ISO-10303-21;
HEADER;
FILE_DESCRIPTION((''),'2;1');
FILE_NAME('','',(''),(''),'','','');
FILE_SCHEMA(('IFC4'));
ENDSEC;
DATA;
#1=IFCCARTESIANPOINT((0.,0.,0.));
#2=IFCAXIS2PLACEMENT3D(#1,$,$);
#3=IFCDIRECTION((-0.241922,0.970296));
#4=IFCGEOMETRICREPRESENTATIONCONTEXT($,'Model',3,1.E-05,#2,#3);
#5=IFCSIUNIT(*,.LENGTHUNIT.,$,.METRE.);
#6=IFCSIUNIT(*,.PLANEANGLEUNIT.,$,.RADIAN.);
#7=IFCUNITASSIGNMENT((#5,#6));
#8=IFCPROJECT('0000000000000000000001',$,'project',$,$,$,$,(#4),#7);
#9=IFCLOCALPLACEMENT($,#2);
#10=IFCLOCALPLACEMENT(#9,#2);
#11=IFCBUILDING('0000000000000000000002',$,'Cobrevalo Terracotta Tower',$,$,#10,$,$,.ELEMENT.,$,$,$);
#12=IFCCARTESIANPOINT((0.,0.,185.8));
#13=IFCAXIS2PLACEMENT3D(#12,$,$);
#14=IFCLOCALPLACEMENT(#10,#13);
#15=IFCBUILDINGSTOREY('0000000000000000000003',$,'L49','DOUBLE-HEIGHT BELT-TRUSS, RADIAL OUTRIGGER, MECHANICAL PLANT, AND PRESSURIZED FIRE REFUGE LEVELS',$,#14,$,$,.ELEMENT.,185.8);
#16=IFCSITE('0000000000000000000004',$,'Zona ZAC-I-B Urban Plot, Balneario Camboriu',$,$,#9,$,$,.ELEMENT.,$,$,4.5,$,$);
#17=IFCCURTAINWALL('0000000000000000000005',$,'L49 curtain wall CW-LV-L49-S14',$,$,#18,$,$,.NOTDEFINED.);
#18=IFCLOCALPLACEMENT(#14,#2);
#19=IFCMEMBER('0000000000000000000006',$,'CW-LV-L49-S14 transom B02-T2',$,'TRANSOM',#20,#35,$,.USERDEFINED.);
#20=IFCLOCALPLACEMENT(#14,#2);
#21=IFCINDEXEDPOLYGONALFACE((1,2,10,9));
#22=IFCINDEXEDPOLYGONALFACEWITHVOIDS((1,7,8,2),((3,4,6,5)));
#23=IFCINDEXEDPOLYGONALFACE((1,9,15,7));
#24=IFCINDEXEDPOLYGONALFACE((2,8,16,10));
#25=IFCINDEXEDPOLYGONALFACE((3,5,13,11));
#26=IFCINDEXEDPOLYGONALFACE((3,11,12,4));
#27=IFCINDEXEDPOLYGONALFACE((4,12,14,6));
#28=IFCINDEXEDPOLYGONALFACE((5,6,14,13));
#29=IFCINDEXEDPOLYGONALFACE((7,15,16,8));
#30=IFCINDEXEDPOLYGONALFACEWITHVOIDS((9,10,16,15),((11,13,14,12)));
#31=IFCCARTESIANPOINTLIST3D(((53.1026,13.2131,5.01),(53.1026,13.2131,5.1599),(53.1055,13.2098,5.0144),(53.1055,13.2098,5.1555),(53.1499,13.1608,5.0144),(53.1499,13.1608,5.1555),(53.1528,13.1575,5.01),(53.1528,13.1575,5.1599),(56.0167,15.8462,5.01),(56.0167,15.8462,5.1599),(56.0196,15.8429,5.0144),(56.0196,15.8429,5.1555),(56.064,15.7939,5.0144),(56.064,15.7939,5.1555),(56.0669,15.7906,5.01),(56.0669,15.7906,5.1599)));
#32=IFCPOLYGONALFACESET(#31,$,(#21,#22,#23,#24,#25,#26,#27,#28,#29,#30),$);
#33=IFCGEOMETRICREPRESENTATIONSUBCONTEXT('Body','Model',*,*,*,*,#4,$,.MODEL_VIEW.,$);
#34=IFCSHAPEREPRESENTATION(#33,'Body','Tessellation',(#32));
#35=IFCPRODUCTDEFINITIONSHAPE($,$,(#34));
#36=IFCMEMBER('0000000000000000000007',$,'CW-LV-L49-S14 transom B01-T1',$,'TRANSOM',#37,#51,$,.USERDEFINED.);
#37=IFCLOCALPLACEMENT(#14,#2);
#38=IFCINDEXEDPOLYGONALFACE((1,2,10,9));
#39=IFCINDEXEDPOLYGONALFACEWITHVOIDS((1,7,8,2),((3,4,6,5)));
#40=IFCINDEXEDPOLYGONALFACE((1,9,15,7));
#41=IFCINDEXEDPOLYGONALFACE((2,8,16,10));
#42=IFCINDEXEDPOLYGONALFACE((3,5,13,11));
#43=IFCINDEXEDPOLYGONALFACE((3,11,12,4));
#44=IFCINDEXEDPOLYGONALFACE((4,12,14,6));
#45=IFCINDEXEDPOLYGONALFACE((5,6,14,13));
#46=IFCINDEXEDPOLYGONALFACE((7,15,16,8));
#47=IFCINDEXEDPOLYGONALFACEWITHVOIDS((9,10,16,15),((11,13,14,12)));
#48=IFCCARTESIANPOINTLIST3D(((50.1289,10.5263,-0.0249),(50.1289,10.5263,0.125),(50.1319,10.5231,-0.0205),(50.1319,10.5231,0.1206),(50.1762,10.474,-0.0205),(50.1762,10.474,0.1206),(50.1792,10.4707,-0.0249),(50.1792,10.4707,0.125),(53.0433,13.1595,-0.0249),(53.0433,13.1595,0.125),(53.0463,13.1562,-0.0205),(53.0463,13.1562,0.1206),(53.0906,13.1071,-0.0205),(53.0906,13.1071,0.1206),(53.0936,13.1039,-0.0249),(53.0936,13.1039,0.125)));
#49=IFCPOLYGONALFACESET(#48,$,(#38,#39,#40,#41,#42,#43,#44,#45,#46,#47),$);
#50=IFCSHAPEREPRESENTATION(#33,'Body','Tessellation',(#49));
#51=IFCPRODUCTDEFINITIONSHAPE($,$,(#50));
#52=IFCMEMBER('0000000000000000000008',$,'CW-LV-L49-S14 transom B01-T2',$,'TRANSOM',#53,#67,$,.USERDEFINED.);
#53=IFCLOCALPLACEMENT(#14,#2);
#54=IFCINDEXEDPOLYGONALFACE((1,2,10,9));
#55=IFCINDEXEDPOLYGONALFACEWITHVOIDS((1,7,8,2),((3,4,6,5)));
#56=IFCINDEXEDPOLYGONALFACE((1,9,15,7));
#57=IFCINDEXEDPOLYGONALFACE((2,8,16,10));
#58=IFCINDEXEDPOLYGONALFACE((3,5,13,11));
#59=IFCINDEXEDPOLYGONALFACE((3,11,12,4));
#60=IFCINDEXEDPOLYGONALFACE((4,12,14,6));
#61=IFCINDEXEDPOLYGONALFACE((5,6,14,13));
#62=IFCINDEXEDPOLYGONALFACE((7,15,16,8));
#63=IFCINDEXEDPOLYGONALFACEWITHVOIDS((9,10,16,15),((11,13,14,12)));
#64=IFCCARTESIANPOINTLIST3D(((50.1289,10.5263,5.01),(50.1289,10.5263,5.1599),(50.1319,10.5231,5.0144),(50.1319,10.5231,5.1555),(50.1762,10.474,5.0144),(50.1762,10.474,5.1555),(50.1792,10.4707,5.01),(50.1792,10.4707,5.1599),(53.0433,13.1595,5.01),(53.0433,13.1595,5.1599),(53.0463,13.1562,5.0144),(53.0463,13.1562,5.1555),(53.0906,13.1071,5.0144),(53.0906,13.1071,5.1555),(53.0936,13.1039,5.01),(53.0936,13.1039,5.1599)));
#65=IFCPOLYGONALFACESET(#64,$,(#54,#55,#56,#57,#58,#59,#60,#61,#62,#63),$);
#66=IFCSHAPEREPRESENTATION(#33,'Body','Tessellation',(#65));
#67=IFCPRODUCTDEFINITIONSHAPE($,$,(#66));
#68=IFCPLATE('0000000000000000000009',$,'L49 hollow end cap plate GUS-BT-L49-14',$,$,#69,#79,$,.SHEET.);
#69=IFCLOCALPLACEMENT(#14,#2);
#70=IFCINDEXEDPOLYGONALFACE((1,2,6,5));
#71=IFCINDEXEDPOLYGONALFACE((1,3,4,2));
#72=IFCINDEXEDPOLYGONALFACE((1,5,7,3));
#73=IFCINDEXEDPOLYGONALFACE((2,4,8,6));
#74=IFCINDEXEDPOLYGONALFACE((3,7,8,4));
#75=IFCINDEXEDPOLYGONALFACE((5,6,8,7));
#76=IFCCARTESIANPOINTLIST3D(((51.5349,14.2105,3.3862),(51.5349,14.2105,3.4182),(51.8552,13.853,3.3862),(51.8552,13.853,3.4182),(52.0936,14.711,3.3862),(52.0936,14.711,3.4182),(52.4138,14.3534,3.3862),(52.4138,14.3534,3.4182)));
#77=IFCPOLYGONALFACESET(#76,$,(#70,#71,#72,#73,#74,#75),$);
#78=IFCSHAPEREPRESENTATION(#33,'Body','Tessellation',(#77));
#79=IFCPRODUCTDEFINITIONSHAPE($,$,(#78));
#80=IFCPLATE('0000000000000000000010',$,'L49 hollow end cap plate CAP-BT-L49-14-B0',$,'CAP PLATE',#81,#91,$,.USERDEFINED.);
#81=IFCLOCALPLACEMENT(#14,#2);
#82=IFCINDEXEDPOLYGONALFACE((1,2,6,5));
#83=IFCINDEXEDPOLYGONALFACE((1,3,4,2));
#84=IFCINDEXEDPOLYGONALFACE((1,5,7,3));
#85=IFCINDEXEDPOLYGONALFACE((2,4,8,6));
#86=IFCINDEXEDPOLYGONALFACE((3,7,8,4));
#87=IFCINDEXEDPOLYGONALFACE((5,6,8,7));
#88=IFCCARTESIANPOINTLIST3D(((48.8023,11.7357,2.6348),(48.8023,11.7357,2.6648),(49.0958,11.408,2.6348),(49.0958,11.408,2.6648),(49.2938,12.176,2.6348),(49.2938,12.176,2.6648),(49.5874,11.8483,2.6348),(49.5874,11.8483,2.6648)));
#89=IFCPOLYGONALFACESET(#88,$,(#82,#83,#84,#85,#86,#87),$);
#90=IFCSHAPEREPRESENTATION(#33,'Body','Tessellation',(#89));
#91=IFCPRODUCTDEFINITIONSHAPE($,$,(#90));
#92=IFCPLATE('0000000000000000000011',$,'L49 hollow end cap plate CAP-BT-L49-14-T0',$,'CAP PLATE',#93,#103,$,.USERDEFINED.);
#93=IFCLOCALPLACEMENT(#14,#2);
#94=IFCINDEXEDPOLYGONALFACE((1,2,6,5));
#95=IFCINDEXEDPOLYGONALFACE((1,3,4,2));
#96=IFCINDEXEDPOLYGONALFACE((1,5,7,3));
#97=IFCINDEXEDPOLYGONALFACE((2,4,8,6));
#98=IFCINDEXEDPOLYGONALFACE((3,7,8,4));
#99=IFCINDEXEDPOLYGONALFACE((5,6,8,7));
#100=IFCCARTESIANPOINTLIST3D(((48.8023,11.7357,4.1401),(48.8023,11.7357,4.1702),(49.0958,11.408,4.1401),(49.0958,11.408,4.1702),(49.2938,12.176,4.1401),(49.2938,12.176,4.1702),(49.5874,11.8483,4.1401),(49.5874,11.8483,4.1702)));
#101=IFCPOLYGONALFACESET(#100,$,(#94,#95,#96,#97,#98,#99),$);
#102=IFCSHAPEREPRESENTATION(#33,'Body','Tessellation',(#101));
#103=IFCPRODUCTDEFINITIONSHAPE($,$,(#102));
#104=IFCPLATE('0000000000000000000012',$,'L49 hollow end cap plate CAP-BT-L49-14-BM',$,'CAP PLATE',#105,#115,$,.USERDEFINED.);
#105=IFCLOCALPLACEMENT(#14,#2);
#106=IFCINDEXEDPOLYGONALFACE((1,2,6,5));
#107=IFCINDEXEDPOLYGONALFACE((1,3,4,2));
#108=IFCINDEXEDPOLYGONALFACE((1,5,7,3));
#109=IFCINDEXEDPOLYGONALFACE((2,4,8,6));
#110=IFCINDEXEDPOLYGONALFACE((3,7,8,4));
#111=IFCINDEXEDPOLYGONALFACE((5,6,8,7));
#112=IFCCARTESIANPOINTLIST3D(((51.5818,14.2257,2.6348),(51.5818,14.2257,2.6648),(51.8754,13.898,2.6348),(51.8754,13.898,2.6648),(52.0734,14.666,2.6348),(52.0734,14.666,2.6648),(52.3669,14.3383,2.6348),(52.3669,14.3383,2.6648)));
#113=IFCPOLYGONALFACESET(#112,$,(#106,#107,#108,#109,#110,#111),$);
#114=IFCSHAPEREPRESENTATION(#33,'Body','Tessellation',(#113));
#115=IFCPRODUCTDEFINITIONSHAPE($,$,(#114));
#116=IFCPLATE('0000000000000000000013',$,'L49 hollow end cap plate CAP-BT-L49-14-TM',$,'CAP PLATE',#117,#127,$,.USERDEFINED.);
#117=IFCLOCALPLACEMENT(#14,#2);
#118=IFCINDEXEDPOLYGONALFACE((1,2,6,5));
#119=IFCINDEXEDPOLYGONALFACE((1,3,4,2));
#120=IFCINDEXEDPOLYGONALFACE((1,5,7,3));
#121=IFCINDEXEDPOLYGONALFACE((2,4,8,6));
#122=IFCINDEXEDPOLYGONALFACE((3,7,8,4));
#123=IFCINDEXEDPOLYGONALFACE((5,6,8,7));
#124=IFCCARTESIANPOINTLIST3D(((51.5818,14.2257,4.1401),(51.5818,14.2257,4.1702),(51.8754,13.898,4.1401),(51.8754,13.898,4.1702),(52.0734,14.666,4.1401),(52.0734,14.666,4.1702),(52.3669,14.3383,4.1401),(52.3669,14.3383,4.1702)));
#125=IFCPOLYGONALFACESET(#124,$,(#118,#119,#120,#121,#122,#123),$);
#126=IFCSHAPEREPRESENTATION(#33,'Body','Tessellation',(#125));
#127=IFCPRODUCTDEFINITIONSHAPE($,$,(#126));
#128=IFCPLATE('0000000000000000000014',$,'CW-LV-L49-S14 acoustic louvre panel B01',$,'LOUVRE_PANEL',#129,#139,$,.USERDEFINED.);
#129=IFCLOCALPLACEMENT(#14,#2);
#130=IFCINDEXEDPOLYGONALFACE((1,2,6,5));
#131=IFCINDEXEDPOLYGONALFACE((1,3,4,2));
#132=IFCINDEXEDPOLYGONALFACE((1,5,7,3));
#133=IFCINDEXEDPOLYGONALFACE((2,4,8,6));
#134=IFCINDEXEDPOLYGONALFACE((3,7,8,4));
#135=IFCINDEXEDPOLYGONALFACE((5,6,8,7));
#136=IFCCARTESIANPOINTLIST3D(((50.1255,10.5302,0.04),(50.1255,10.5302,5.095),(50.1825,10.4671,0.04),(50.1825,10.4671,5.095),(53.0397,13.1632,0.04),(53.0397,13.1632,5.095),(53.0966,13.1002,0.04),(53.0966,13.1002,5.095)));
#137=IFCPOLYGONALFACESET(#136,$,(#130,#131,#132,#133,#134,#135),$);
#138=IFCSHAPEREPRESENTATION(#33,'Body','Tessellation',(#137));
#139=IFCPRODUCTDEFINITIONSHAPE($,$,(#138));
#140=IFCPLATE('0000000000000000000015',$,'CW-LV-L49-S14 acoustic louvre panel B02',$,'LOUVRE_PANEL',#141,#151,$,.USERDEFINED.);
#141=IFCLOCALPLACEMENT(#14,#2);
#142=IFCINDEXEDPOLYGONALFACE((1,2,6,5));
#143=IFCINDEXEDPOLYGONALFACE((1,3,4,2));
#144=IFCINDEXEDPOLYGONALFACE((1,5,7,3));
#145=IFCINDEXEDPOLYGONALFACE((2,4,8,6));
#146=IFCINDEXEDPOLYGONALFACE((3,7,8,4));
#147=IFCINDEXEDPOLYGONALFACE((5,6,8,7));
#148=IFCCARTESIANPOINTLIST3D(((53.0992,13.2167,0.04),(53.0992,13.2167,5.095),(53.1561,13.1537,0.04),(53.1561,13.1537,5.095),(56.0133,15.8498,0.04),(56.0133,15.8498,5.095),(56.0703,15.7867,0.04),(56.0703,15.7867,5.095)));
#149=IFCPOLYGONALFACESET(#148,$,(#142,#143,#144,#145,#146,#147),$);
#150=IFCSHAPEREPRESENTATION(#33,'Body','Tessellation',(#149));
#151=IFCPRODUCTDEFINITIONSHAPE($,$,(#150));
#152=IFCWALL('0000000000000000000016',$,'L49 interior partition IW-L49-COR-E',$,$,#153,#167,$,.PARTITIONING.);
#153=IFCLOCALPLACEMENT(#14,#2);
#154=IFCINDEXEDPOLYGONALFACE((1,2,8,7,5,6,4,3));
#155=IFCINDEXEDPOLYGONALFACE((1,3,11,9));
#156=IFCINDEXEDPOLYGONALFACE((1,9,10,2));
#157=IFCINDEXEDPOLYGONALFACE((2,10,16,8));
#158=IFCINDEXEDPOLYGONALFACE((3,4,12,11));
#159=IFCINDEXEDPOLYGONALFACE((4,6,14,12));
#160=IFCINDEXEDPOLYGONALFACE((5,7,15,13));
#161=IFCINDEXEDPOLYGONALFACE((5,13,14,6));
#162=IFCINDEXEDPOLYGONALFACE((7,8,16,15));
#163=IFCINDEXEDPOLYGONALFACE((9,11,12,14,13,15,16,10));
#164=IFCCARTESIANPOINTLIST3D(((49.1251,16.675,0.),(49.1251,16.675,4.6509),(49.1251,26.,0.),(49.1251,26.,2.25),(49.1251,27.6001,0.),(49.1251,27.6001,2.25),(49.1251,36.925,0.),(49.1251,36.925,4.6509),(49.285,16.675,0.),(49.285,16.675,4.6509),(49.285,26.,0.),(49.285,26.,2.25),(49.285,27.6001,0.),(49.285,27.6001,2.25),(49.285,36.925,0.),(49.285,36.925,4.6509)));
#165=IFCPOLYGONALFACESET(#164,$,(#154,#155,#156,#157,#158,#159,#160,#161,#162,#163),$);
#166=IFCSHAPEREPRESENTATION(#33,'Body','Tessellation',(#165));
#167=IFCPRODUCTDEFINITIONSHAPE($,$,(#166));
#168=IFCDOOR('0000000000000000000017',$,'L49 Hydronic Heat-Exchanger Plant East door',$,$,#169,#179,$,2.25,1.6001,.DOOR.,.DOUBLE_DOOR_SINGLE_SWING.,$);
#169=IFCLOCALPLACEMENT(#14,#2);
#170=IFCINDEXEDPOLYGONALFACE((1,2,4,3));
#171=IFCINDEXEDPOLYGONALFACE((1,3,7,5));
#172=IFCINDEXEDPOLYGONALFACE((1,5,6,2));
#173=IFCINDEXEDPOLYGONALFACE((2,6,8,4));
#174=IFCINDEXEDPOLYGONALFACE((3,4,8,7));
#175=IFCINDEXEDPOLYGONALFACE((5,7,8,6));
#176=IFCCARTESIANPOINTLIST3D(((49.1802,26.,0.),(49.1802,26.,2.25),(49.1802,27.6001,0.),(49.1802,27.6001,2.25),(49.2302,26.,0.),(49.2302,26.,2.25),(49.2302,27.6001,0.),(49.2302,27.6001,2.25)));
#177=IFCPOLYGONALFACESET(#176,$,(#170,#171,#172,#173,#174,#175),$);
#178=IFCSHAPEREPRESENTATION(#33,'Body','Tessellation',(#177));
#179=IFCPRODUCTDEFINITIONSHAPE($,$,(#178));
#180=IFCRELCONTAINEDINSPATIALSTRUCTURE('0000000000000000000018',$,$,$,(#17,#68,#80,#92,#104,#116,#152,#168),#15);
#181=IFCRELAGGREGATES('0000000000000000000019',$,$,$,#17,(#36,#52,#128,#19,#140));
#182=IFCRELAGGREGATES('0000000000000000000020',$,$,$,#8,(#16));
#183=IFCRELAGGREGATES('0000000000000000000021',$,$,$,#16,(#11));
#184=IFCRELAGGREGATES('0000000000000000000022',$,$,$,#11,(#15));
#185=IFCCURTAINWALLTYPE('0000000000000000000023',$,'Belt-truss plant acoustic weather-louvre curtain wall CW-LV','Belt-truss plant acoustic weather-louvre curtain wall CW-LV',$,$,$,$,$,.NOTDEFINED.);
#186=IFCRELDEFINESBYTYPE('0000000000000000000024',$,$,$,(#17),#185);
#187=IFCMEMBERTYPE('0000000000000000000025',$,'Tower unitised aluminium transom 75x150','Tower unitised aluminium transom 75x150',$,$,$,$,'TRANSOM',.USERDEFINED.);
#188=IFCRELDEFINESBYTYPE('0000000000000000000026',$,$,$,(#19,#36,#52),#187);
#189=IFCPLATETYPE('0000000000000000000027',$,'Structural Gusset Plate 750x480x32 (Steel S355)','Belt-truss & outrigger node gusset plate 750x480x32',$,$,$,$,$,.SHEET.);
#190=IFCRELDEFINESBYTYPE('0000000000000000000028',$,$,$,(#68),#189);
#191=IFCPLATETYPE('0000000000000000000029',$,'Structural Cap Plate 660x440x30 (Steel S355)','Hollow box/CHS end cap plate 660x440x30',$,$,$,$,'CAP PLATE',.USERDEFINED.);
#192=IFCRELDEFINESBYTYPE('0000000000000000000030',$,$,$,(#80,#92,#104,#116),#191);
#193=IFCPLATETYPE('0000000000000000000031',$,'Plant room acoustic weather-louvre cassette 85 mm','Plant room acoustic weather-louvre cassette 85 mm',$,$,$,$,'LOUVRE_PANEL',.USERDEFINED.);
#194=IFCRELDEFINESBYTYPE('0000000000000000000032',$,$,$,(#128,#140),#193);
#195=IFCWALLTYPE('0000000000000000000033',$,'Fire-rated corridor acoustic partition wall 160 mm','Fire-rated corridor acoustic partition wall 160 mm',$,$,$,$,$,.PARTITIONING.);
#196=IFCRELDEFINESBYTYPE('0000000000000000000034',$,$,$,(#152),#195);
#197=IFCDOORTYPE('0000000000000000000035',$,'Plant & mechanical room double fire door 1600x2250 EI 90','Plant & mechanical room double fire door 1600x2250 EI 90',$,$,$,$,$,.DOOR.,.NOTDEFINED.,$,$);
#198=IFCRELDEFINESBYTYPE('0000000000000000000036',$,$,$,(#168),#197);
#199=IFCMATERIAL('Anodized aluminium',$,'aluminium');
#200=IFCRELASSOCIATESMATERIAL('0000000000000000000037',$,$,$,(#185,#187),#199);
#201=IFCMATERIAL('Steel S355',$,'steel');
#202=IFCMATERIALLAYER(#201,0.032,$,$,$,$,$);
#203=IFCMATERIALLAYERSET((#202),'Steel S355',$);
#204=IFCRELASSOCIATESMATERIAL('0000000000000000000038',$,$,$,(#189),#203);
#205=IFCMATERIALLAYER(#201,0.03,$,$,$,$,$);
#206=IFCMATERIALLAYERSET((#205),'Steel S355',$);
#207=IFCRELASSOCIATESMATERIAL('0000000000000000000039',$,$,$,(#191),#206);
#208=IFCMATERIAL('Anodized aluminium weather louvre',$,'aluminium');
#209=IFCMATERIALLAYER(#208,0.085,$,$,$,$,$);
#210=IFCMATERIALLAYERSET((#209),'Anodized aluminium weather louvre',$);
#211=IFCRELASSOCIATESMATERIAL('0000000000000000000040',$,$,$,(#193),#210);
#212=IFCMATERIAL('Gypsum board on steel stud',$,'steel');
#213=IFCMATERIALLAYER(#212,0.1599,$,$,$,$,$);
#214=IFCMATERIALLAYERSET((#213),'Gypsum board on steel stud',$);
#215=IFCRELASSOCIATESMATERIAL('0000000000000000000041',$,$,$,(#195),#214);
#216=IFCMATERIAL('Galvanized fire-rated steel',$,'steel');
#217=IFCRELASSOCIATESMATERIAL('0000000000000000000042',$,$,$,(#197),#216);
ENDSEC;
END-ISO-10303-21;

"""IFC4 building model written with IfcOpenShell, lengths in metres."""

from ifc_helpers import new_model, si_unit, direction, frame, frame_2d, origin, origin_2d, place, context, subcontext, project, spatial, rectangle, hollow_rectangle, extrude, source, transform, mapped, material, layer, layer_set, material_profile, profile_set, type_object, element, fill, aggregate, save


model = new_model("IFC4")

# Units and contexts
model_context = context("Model", 3, precision=1e-05, world=origin(), true_north=direction((-0.241922, 0.970296)))
body_context = subcontext(model_context, "Body", "Model", "MODEL_VIEW")
ifc_project = project(units=[si_unit("LENGTHUNIT", "METRE"), si_unit("PLANEANGLEUNIT", "RADIAN")], contexts=[model_context])

# Site, building, storey
site_placement = place(None, origin())
site = spatial("IfcSite", under=ifc_project, at=site_placement, Name="Zona ZAC-I-B Urban Plot, Balneario Camboriu", CompositionType="ELEMENT", RefElevation=4.5)
building_placement = place(site_placement, origin())
building = spatial("IfcBuilding", under=site, at=building_placement, Name="Cobrevalo Terracotta Tower", CompositionType="ELEMENT")
storey_placement = place(building_placement, frame((0.0, 0.0, 185.8)))
storey = spatial("IfcBuildingStorey", under=building, at=storey_placement, Name="L49", Description="DOUBLE-HEIGHT BELT-TRUSS, RADIAL OUTRIGGER, MECHANICAL PLANT, AND PRESSURIZED FIRE REFUGE LEVELS", CompositionType="ELEMENT", Elevation=185.8)

# Shared definitions
ifc_material_1 = material(Name="Steel S355", Category="steel")

# Shared definitions
ifc_material_2 = material(Name="Anodized aluminium", Category="aluminium")
curtain_wall_type = type_object("IfcCurtainWallType", Name="Belt-truss plant acoustic weather-louvre curtain wall CW-LV", Description="Belt-truss plant acoustic weather-louvre curtain wall CW-LV", PredefinedType="NOTDEFINED", material=ifc_material_2)

# Curtain wall
curtain_wall_1_placement = place(storey_placement, origin())
curtain_wall_1 = element("IfcCurtainWall", 1, at=curtain_wall_1_placement, inside=storey, type_object=curtain_wall_type, Name="L49 curtain wall CW-LV-L49-S14", PredefinedType="NOTDEFINED")
ifc_material_profile_1 = material_profile(ifc_material_2, hollow_rectangle(XDim=0.075, YDim=0.1499, WallThickness=0.0044, at=origin_2d()), Name="CWT 75x150")
ifc_profile_set_1 = profile_set([ifc_material_profile_1], Name="Anodized aluminium")
member_type_1 = type_object("IfcMemberType", Name="Tower unitised aluminium transom 75x150", Description="Tower unitised aluminium transom 75x150", ElementType="TRANSOM", PredefinedType="USERDEFINED", material=ifc_profile_set_1)

# Members
shared_shape_1 = source(origin(), body_context, "Body", "SweptSolid", [
    extrude(hollow_rectangle(XDim=0.075, YDim=0.1499, WallThickness=0.0044, at=origin_2d()), origin(), (0.0, 0.0, 1.0), 3.9275),
])
member_1_placement = place(storey_placement, frame((53.1277, 13.1853, 5.085), z_axis=(0.741976, 0.670426, 0.0), x_axis=(-0.670426, 0.741976, 0.0)))
member_1 = element("IfcMember", 2, at=member_1_placement, type_object=member_type_1, Name="CW-LV-L49-S14 transom B02-T2", ObjectType="TRANSOM", PredefinedType="USERDEFINED", context=body_context, shape_type="MappedRepresentation", body=[
    mapped(shared_shape_1, transform((0.0, 0.0, 0.0), scale=1.0)),
])
shared_shape_2 = source(origin(), body_context, "Body", "SweptSolid", [
    extrude(hollow_rectangle(XDim=0.075, YDim=0.1499, WallThickness=0.0044, at=origin_2d()), origin(), (0.0, 0.0, 1.0), 3.9277),
])
member_2_placement = place(storey_placement, frame((50.1541, 10.4985, 0.05), z_axis=(0.742004, 0.670396, 0.0), x_axis=(-0.670396, 0.742004, 0.0)))
member_2 = element("IfcMember", 3, at=member_2_placement, type_object=member_type_1, Name="CW-LV-L49-S14 transom B01-T1", ObjectType="TRANSOM", PredefinedType="USERDEFINED", context=body_context, shape_type="MappedRepresentation", body=[
    mapped(shared_shape_2, transform((0.0, 0.0, 0.0), scale=1.0)),
])
member_3_placement = place(storey_placement, frame((50.1541, 10.4985, 5.085), z_axis=(0.742004, 0.670396, 0.0), x_axis=(-0.670396, 0.742004, 0.0)))
member_3 = element("IfcMember", 4, at=member_3_placement, type_object=member_type_1, Name="CW-LV-L49-S14 transom B01-T2", ObjectType="TRANSOM", PredefinedType="USERDEFINED", context=body_context, shape_type="MappedRepresentation", body=[
    mapped(shared_shape_2, transform((0.0, 0.0, 0.0), scale=1.0)),
])

# Plates
ifc_layer_1 = layer(ifc_material_1, 0.032)
ifc_layer_set_1 = layer_set([ifc_layer_1], Name="Steel S355")
plate_type_1 = type_object("IfcPlateType", Name="Structural Gusset Plate 750x480x32 (Steel S355)", Description="Belt-truss & outrigger node gusset plate 750x480x32", PredefinedType="SHEET", material=ifc_layer_set_1)
shared_shape_3 = source(origin(), body_context, "Body", "SweptSolid", [
    extrude(rectangle(XDim=0.75, YDim=0.48, at=origin_2d()), origin(), (0.0, 0.0, 1.0), 0.032),
])
plate_1_placement = place(storey_placement, frame((51.9744, 14.282, 3.3862), z_axis=(0.0, 0.0, 1.0), x_axis=(0.744854, 0.667227, 0.0)))
element("IfcPlate", 5, at=plate_1_placement, inside=storey, type_object=plate_type_1, Name="L49 hollow end cap plate GUS-BT-L49-14", PredefinedType="SHEET", context=body_context, shape_type="MappedRepresentation", body=[
    mapped(shared_shape_3, transform((0.0, 0.0, 0.0), scale=1.0)),
])
ifc_layer_2 = layer(ifc_material_1, 0.03)
ifc_layer_set_2 = layer_set([ifc_layer_2], Name="Steel S355")
plate_type_2 = type_object("IfcPlateType", Name="Structural Cap Plate 660x440x30 (Steel S355)", Description="Hollow box/CHS end cap plate 660x440x30", ElementType="CAP PLATE", PredefinedType="USERDEFINED", material=ifc_layer_set_2)
shared_shape_4 = source(origin(), body_context, "Body", "SweptSolid", [
    extrude(rectangle(XDim=0.6599, YDim=0.4399, at=origin_2d()), origin(), (0.0, 0.0, 1.0), 0.03),
])
for number, where, z_axis, x_axis, name in (
    (6, (49.1948, 11.792, 2.6348), (0.0, 0.0, 1.0), (0.744854, 0.667227, 0.0), "L49 hollow end cap plate CAP-BT-L49-14-B0"),
    (7, (49.1948, 11.792, 4.1401), (0.0, 0.0, 1.0), (0.744854, 0.667227, 0.0), "L49 hollow end cap plate CAP-BT-L49-14-T0"),
    (8, (51.9744, 14.282, 2.6348), (0.0, 0.0, 1.0), (0.744854, 0.667227, 0.0), "L49 hollow end cap plate CAP-BT-L49-14-BM"),
    (9, (51.9744, 14.282, 4.1401), (0.0, 0.0, 1.0), (0.744854, 0.667227, 0.0), "L49 hollow end cap plate CAP-BT-L49-14-TM"),
):
    element("IfcPlate", number, at=place(storey_placement, frame(where, z_axis=z_axis, x_axis=x_axis)), inside=storey, type_object=plate_type_2, Name=name, ObjectType="CAP PLATE", PredefinedType="USERDEFINED", context=body_context, shape_type="MappedRepresentation", body=[
        mapped(shared_shape_4, transform((0.0, 0.0, 0.0), scale=1.0)),
    ])

# Plates
ifc_material_3 = material(Name="Anodized aluminium weather louvre", Category="aluminium")
ifc_layer_3 = layer(ifc_material_3, 0.085)
ifc_layer_set_3 = layer_set([ifc_layer_3], Name="Anodized aluminium weather louvre")
plate_type_3 = type_object("IfcPlateType", Name="Plant room acoustic weather-louvre cassette 85 mm", Description="Plant room acoustic weather-louvre cassette 85 mm", ElementType="LOUVRE_PANEL", PredefinedType="USERDEFINED", material=ifc_layer_set_3)
shared_shape_5 = source(origin(), body_context, "Body", "SweptSolid", [
    extrude(rectangle(XDim=3.9275, YDim=0.085, at=origin_2d()), origin(), (0.0, 0.0, 1.0), 5.0549),
])
plate_2_placement = place(storey_placement, frame((51.6111, 11.8152, 0.04), z_axis=(0.0, 0.0, 1.0), x_axis=(0.741988, 0.670414, 0.0)))
plate_2 = element("IfcPlate", 10, at=plate_2_placement, type_object=plate_type_3, Name="CW-LV-L49-S14 acoustic louvre panel B01", ObjectType="LOUVRE_PANEL", PredefinedType="USERDEFINED", context=body_context, shape_type="MappedRepresentation", body=[
    mapped(shared_shape_5, transform((0.0, 0.0, 0.0), scale=1.0)),
])
plate_3_placement = place(storey_placement, frame((54.5847, 14.5017, 0.04), z_axis=(0.0, 0.0, 1.0), x_axis=(0.741988, 0.670414, 0.0)))
plate_3 = element("IfcPlate", 11, at=plate_3_placement, type_object=plate_type_3, Name="CW-LV-L49-S14 acoustic louvre panel B02", ObjectType="LOUVRE_PANEL", PredefinedType="USERDEFINED", context=body_context, shape_type="MappedRepresentation", body=[
    mapped(shared_shape_5, transform((0.0, 0.0, 0.0), scale=1.0)),
])
aggregate(curtain_wall_1, [member_2, member_3, plate_2, member_1, plate_3])

# Wall, opening, door
ifc_material_4 = material(Name="Gypsum board on steel stud", Category="steel")
ifc_layer_4 = layer(ifc_material_4, 0.1599)
ifc_layer_set_4 = layer_set([ifc_layer_4], Name="Gypsum board on steel stud")
wall_type_1 = type_object("IfcWallType", Name="Fire-rated corridor acoustic partition wall 160 mm", Description="Fire-rated corridor acoustic partition wall 160 mm", PredefinedType="PARTITIONING", material=ifc_layer_set_4)
wall_1_placement = place(storey_placement, frame((49.2051, 16.675, 0.0), z_axis=(0.0, 0.0, 1.0), x_axis=(0.0, 1.0, 0.0)))
wall_1 = element("IfcWall", 12, at=wall_1_placement, inside=storey, type_object=wall_type_1, Name="L49 interior partition IW-L49-COR-E", PredefinedType="PARTITIONING", context=body_context, shape_type="SweptSolid", body=[
    extrude(rectangle(XDim=20.25, YDim=0.1599, at=frame_2d((10.125, 0.0))), origin(), (0.0, 0.0, 1.0), 4.6509),
])
opening_placement = place(wall_1_placement, frame((9.325, 0.0, 0.0)))
opening = element("IfcOpeningElement", 13, at=opening_placement, cuts=wall_1, PredefinedType="OPENING", context=body_context, shape_type="SweptSolid", body=[
    extrude(rectangle(XDim=1.6001, YDim=2.25, at=frame_2d((0.8, 1.125))), frame((0.0, 0.0898, 0.0), z_axis=(0.0, -1.0, 0.0), x_axis=(1.0, 0.0, 0.0)), (0.0, 0.0, 1.0), 0.1799),
])
ifc_material_5 = material(Name="Galvanized fire-rated steel", Category="steel")
door_type = type_object("IfcDoorType", Name="Plant & mechanical room double fire door 1600x2250 EI 90", Description="Plant & mechanical room double fire door 1600x2250 EI 90", OperationType="NOTDEFINED", PredefinedType="DOOR", material=ifc_material_5)
shared_shape_6 = source(origin(), body_context, "Body", "SweptSolid", [
    extrude(rectangle(XDim=1.6001, YDim=2.25, at=frame_2d((0.8, 1.125))), frame((0.0, 0.0249, 0.0), z_axis=(0.0, -1.0, 0.0), x_axis=(1.0, 0.0, 0.0)), (0.0, 0.0, 1.0), 0.05),
])
door_placement = place(opening_placement, origin())
door = element("IfcDoor", 14, at=door_placement, inside=storey, type_object=door_type, Name="L49 Hydronic Heat-Exchanger Plant East door", OperationType="DOUBLE_DOOR_SINGLE_SWING", OverallHeight=2.25, OverallWidth=1.6001, PredefinedType="DOOR", context=body_context, shape_type="MappedRepresentation", body=[
    mapped(shared_shape_6, transform((0.0, 0.0, 0.0), scale=1.0)),
])
fill(opening, door)

save(model, "model.ifc")
